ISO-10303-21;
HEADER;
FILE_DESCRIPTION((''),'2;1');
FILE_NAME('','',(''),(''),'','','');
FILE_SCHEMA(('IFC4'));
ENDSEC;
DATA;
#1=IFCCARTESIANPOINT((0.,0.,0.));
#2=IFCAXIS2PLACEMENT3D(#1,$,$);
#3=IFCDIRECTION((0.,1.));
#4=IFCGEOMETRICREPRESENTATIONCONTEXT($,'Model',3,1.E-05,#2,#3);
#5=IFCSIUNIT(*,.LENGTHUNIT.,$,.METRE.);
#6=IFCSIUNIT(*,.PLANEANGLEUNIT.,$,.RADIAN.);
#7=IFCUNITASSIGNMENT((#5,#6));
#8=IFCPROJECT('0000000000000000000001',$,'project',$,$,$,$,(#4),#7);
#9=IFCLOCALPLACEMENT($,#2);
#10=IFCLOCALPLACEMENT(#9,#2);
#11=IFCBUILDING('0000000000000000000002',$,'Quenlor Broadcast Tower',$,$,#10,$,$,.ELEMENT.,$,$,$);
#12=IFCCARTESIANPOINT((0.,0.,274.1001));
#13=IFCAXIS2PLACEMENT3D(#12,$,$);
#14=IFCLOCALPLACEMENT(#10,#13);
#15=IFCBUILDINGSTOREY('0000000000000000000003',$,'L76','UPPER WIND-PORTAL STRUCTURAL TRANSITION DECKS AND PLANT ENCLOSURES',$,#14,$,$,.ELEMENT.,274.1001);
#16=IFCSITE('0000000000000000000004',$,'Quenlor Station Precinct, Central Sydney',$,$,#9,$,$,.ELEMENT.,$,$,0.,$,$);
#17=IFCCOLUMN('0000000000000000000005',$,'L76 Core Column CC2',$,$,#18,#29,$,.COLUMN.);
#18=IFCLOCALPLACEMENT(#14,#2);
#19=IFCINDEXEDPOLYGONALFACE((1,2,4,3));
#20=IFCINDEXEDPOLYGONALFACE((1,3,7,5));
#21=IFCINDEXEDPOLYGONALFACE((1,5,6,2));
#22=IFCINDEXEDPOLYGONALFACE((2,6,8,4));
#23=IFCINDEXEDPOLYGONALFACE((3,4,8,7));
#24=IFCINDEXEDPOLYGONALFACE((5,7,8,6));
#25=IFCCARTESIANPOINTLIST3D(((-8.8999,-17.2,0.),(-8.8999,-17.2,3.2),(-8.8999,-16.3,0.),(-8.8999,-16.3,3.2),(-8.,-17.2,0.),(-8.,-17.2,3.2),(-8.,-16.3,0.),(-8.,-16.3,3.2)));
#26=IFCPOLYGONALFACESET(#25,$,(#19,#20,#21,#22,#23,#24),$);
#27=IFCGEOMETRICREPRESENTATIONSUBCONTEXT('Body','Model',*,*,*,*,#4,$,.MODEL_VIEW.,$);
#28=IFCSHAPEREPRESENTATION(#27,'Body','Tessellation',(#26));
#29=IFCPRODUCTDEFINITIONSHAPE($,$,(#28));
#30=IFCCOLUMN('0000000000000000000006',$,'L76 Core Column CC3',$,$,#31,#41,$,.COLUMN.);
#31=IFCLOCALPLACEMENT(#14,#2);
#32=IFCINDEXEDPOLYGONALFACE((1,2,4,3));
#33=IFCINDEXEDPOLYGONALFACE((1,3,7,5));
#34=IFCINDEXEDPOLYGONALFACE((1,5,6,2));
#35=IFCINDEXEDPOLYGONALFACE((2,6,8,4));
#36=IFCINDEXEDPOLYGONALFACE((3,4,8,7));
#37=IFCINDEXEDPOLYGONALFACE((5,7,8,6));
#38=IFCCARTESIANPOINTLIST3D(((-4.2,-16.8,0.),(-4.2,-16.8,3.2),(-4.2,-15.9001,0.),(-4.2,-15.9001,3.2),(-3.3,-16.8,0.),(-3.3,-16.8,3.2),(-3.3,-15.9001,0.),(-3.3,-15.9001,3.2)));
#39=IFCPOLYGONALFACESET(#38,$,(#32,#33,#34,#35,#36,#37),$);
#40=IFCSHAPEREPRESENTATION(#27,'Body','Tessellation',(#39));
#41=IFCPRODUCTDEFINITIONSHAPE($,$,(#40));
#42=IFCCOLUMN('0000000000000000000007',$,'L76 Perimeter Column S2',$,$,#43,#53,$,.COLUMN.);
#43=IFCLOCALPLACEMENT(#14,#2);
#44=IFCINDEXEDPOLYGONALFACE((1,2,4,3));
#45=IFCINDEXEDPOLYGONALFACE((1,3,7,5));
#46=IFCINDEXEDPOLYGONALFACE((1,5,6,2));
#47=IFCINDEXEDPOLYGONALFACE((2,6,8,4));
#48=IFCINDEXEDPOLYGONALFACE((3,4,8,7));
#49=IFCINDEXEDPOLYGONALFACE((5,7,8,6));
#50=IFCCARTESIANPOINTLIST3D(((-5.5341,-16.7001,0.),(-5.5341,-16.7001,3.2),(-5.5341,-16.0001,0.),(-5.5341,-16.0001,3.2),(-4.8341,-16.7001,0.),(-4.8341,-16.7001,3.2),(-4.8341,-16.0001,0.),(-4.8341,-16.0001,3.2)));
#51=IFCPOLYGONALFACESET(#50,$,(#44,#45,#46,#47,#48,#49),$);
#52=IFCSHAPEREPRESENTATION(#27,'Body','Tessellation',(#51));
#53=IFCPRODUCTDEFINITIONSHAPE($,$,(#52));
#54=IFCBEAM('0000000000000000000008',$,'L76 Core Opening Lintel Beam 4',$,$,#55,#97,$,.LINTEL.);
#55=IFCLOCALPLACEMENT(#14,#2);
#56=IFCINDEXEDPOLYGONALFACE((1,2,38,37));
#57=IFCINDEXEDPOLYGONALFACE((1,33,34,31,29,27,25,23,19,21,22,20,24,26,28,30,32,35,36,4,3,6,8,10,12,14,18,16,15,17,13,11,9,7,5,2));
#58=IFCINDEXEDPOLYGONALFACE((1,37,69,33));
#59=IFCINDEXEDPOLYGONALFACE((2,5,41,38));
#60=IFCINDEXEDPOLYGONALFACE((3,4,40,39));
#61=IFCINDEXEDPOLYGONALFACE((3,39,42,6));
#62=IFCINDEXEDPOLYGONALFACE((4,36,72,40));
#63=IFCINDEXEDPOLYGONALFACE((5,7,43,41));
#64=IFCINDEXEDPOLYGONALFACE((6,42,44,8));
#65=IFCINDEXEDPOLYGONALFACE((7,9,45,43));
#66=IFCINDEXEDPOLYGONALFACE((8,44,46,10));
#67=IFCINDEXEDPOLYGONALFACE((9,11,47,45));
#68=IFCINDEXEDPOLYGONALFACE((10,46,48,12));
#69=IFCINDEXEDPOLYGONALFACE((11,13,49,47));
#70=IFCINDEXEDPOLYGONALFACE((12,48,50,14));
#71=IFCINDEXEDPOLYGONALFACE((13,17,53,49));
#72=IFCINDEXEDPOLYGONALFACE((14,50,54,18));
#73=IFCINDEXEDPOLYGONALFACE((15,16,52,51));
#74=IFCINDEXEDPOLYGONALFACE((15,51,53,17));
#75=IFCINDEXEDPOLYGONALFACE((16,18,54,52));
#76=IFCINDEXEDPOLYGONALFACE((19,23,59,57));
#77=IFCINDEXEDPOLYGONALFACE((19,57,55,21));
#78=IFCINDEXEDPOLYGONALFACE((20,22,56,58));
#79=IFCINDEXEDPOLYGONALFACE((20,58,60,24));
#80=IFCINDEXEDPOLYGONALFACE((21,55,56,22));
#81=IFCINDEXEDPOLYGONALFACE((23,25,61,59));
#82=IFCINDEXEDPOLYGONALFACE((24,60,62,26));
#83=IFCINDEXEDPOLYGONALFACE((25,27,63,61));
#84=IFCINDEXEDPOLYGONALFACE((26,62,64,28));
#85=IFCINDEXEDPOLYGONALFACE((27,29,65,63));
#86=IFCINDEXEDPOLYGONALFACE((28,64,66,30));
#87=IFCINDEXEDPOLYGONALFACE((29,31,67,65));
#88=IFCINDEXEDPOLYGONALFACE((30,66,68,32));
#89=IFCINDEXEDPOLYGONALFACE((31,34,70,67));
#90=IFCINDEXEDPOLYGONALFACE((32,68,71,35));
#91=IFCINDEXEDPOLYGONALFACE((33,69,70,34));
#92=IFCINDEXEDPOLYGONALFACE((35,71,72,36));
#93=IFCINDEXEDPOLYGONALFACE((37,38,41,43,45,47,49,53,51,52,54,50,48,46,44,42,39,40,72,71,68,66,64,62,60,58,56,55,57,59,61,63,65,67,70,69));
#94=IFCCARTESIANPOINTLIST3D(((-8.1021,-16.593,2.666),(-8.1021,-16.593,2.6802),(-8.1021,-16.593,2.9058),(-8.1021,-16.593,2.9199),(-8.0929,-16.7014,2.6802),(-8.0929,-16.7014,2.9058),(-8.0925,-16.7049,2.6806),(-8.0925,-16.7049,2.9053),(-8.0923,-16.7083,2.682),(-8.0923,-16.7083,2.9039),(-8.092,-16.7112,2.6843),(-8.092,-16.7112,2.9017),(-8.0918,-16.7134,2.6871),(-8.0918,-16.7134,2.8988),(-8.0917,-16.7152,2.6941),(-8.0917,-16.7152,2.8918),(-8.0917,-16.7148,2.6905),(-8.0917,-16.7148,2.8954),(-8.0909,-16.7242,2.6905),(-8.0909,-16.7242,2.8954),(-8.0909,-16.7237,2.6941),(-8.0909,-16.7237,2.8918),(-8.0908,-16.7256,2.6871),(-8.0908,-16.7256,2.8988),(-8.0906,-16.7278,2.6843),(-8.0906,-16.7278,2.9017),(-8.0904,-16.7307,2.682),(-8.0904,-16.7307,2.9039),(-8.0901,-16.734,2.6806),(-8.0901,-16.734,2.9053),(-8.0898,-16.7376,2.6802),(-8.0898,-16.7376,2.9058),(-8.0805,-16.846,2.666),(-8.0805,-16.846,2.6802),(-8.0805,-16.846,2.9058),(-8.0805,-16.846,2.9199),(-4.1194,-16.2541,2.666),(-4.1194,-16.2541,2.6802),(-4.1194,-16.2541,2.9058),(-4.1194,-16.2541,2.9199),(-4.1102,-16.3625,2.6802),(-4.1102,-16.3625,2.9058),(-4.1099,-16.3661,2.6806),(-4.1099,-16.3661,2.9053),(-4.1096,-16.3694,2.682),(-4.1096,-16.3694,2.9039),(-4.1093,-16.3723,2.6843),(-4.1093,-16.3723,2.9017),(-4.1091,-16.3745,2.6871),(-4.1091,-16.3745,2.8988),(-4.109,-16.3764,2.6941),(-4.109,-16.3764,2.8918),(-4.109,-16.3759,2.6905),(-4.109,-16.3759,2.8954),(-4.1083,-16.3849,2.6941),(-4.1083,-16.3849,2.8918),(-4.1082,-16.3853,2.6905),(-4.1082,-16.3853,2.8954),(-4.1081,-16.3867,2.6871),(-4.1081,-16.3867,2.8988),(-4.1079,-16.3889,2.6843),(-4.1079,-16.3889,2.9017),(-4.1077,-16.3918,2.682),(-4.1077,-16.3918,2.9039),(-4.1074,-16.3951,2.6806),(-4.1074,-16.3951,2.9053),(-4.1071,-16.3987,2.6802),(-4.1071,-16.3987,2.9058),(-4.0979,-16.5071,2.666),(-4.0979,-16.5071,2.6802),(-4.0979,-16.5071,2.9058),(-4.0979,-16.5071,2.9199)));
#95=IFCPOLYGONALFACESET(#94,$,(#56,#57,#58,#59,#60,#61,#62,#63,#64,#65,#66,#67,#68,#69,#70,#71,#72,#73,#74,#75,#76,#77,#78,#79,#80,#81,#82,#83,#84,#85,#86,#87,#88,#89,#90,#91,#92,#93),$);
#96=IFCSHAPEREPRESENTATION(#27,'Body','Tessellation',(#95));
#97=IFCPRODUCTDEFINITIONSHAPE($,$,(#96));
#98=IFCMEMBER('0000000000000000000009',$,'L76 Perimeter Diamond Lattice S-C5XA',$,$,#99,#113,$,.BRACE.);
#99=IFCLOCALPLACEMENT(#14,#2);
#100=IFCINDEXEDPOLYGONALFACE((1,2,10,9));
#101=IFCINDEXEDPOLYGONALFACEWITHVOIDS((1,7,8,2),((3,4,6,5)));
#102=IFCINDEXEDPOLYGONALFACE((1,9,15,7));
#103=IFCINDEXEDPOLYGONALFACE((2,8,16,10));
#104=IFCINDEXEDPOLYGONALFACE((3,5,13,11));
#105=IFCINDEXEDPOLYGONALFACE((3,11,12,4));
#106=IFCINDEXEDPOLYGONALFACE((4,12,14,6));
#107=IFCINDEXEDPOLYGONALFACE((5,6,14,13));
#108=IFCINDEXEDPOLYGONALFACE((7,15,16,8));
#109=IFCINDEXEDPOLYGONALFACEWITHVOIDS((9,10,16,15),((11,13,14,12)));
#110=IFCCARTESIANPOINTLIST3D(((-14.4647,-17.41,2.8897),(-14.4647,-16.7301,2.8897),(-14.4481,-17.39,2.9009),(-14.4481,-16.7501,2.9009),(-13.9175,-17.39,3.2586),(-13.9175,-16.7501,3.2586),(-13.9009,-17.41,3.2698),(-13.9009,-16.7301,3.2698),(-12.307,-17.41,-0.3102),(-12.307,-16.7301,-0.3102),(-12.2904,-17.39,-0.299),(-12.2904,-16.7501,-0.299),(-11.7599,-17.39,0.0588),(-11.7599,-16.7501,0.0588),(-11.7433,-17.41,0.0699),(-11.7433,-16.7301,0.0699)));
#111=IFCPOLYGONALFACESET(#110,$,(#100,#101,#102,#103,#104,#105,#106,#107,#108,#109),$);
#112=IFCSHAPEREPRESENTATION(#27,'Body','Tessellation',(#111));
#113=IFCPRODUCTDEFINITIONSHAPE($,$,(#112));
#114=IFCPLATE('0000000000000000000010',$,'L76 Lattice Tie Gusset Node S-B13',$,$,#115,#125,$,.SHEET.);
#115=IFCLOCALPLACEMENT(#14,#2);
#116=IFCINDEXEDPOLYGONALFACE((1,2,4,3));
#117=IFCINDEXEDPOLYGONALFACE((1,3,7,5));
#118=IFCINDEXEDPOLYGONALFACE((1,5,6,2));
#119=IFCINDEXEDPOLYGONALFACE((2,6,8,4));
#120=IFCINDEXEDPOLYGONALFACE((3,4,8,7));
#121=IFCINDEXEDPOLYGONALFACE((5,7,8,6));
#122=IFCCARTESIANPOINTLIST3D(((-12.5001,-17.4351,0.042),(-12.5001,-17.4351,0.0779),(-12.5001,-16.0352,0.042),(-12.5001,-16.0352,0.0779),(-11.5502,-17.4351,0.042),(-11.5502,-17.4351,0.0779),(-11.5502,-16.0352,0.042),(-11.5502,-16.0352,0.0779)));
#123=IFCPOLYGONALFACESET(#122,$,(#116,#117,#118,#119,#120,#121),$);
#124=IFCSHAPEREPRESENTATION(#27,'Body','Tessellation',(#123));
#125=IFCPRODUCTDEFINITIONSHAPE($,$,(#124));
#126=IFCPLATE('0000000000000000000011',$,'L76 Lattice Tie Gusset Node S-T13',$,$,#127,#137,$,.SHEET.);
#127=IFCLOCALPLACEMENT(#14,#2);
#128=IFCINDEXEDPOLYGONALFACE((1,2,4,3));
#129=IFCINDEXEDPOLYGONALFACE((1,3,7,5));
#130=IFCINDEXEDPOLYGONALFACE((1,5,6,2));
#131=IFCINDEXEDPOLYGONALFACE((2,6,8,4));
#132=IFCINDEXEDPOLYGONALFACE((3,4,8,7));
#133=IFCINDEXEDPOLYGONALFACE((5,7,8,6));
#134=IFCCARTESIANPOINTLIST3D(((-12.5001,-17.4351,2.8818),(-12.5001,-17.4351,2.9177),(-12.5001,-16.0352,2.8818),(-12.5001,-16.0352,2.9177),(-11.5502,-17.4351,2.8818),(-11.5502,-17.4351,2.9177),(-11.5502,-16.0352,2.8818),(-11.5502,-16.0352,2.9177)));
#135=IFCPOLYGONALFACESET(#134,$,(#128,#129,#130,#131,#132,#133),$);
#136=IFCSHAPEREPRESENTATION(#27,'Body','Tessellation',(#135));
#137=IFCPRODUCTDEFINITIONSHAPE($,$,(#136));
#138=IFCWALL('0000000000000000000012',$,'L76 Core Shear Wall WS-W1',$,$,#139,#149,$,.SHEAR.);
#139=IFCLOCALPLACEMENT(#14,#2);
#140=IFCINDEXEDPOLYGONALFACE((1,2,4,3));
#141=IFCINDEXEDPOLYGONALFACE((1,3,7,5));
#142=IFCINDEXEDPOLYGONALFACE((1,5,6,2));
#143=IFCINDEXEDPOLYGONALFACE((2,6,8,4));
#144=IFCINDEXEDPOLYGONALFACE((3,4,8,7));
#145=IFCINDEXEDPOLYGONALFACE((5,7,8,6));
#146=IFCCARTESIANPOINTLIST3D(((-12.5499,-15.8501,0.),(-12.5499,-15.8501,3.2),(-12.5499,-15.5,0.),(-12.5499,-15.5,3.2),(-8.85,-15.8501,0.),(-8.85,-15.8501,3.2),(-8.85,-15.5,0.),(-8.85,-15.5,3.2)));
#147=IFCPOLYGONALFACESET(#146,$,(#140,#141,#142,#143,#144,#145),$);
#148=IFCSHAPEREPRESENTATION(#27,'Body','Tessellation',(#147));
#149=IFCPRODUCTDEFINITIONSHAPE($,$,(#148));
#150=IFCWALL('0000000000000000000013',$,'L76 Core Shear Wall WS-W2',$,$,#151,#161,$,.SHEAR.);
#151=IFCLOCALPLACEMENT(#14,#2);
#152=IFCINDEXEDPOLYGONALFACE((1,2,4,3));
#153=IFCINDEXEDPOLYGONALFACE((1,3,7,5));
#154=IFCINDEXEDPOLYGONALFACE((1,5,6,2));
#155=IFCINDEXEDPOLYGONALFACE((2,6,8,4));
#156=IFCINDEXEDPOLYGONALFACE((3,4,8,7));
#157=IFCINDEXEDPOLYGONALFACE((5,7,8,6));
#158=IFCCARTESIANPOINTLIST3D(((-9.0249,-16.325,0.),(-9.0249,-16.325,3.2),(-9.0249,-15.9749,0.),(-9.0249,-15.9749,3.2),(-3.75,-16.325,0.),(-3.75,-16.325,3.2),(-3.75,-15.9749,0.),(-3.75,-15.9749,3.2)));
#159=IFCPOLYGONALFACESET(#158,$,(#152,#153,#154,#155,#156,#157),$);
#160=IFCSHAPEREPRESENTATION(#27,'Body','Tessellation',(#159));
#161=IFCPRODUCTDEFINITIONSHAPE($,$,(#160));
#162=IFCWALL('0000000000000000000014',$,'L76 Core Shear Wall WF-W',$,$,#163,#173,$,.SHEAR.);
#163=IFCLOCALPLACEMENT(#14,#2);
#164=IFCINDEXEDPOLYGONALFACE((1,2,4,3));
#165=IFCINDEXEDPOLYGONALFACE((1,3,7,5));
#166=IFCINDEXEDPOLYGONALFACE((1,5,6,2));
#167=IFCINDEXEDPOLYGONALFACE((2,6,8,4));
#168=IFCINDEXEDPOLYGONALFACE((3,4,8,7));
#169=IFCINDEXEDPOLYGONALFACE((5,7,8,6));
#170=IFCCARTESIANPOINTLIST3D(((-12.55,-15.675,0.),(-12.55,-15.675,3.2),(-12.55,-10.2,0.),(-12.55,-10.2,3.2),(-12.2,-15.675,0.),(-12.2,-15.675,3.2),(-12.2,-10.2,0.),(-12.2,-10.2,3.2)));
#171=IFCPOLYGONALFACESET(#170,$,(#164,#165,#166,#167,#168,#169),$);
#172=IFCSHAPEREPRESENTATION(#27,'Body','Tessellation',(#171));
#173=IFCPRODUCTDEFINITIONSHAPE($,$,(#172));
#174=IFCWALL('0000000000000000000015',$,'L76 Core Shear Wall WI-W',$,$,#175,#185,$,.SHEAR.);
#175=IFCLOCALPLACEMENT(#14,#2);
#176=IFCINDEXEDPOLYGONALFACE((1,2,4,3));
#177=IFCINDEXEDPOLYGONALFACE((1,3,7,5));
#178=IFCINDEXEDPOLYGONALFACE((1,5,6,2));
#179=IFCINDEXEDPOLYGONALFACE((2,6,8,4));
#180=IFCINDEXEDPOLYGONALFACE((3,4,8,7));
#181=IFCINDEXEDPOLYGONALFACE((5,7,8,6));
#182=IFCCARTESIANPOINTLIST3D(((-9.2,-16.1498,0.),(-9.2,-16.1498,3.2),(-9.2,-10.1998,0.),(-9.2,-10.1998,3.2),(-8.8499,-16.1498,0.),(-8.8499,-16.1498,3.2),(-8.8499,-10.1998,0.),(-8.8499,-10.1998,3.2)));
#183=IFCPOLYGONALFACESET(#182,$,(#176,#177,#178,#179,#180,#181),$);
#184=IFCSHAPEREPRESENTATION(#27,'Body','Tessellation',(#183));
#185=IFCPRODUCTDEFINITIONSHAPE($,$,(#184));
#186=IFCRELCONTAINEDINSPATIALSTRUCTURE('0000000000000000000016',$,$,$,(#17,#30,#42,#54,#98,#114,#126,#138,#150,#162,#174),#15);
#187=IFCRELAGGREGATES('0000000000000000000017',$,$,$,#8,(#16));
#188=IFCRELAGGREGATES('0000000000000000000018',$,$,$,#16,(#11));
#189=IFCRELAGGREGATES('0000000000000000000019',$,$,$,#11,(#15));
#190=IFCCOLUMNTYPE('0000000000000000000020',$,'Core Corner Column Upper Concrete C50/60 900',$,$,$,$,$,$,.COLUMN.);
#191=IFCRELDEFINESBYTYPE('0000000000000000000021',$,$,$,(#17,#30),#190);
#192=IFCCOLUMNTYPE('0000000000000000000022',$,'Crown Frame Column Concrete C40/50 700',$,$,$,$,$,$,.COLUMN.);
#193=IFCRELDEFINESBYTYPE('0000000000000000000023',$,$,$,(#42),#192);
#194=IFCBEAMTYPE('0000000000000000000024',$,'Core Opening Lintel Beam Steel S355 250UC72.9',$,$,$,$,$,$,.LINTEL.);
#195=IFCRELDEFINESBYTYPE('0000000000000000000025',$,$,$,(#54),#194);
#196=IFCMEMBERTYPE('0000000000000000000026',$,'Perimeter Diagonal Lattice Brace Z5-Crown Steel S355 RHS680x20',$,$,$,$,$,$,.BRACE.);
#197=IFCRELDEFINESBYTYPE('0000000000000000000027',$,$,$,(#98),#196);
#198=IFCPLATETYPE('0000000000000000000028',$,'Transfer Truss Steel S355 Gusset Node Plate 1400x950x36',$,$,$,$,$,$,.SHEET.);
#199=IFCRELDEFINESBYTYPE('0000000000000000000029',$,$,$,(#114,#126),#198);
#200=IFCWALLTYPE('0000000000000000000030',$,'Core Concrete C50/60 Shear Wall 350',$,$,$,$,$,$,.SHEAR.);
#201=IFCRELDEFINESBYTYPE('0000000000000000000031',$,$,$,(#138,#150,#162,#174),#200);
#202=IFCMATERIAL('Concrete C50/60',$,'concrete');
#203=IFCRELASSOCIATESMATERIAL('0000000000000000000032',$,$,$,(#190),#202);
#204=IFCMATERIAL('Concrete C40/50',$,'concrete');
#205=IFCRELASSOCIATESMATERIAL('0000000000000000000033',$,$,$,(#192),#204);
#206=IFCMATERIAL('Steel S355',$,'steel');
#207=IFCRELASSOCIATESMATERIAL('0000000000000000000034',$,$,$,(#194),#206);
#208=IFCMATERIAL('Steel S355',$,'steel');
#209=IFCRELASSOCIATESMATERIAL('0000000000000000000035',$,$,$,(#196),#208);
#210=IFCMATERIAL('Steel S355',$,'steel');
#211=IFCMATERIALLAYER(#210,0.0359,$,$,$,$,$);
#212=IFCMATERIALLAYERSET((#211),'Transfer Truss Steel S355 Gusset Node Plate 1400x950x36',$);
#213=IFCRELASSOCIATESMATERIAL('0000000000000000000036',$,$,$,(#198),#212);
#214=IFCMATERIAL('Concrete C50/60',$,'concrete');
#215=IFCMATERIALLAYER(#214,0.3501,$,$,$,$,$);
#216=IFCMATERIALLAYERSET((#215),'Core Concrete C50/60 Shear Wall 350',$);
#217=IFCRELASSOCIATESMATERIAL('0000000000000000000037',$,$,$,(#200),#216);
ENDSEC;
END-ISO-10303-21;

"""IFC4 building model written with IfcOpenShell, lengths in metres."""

from ifc_helpers import new_model, si_unit, direction, frame, frame_2d, origin, origin_2d, place, context, subcontext, project, spatial, rectangle, hollow_rectangle, i_section, extrude, material, layer, layer_set, material_profile, profile_set, type_object, element, save


model = new_model("IFC4")

# Units and contexts
model_context = context("Model", 3, precision=1e-05, world=origin(), true_north=direction((0.0, 1.0)))
body_context = subcontext(model_context, "Body", "Model", "MODEL_VIEW")
ifc_project = project(units=[si_unit("LENGTHUNIT", "METRE"), si_unit("PLANEANGLEUNIT", "RADIAN")], contexts=[model_context])

# Site, building, storey
site_placement = place(None, origin())
site = spatial("IfcSite", under=ifc_project, at=site_placement, Name="Quenlor Station Precinct, Central Sydney", CompositionType="ELEMENT", RefElevation=0.0)
building_placement = place(site_placement, origin())
building = spatial("IfcBuilding", under=site, at=building_placement, Name="Quenlor Broadcast Tower", CompositionType="ELEMENT")
storey_placement = place(building_placement, frame((0.0, 0.0, 274.1001)))
storey = spatial("IfcBuildingStorey", under=building, at=storey_placement, Name="L76", Description="UPPER WIND-PORTAL STRUCTURAL TRANSITION DECKS AND PLANT ENCLOSURES", CompositionType="ELEMENT", Elevation=274.1001)

# Columns
ifc_material_1 = material(Name="Concrete C50/60", Category="concrete")
ifc_material_profile_1 = material_profile(ifc_material_1, rectangle(XDim=0.8999, YDim=0.8999, at=origin_2d()))
ifc_profile_set_1 = profile_set([ifc_material_profile_1], Name="Concrete C50/60 RC900x900")
column_type_1 = type_object("IfcColumnType", Name="Core Corner Column Upper Concrete C50/60 900", PredefinedType="COLUMN", material=ifc_profile_set_1)
for number, where, z_axis, x_axis, name in (
    (1, (-8.45, -16.75, 0.0), (0.0, 0.0, 1.0), (1.0, 0.0, 0.0), "L76 Core Column CC2"),
    (2, (-3.75, -16.3501, 0.0), (0.0, 0.0, 1.0), (1.0, 0.0, 0.0), "L76 Core Column CC3"),
):
    element("IfcColumn", number, at=place(storey_placement, frame(where, z_axis=z_axis, x_axis=x_axis)), inside=storey, type_object=column_type_1, Name=name, PredefinedType="COLUMN", context=body_context, shape_type="SweptSolid", body=[
        extrude(rectangle(XDim=0.8999, YDim=0.8999, at=origin_2d()), origin(), (0.0, 0.0, 1.0), 3.2),
    ])
ifc_material_2 = material(Name="Concrete C40/50", Category="concrete")
ifc_material_profile_2 = material_profile(ifc_material_2, rectangle(XDim=0.7, YDim=0.7, at=origin_2d()))
ifc_profile_set_2 = profile_set([ifc_material_profile_2], Name="Concrete C40/50 RC700x700")
column_type_2 = type_object("IfcColumnType", Name="Crown Frame Column Concrete C40/50 700", PredefinedType="COLUMN", material=ifc_profile_set_2)
column_placement = place(storey_placement, frame((-5.1841, -16.3501, 0.0), z_axis=(0.0, 0.0, 1.0), x_axis=(0.0, 1.0, 0.0)))
element("IfcColumn", 3, at=column_placement, inside=storey, type_object=column_type_2, Name="L76 Perimeter Column S2", PredefinedType="COLUMN", context=body_context, shape_type="SweptSolid", body=[
    extrude(rectangle(XDim=0.7, YDim=0.7, at=origin_2d()), origin(), (0.0, 0.0, 1.0), 3.2),
])

# Beam
ifc_material_3 = material(Name="Steel S355", Category="steel")
ifc_material_profile_3 = material_profile(ifc_material_3, i_section(OverallWidth=0.2539, OverallDepth=0.2539, WebThickness=0.0085, FlangeThickness=0.0142, FilletRadius=0.0139, at=origin_2d()))
ifc_profile_set_3 = profile_set([ifc_material_profile_3], Name="Steel S355 250UC72.9")
beam_type = type_object("IfcBeamType", Name="Core Opening Lintel Beam Steel S355 250UC72.9", PredefinedType="LINTEL", material=ifc_profile_set_3)
beam_placement = place(storey_placement, frame((-8.0913, -16.7195, 2.793), z_axis=(0.9964, 0.084779, 0.0), x_axis=(-0.084779, 0.9964, 0.0)))
element("IfcBeam", 4, at=beam_placement, inside=storey, type_object=beam_type, Name="L76 Core Opening Lintel Beam 4", PredefinedType="LINTEL", context=body_context, shape_type="SweptSolid", body=[
    extrude(i_section(OverallWidth=0.2539, OverallDepth=0.2539, WebThickness=0.0085, FlangeThickness=0.0142, FilletRadius=0.0139, at=origin_2d()), origin(), (0.0, 0.0, 1.0), 3.9971),
])

# Member
ifc_material_4 = material(Name="Steel S355", Category="steel")
ifc_material_profile_4 = material_profile(ifc_material_4, hollow_rectangle(XDim=0.6799, YDim=0.6799, WallThickness=0.02, at=origin_2d()))
ifc_profile_set_4 = profile_set([ifc_material_profile_4], Name="Steel S355 RHS680x680x20")
member_type = type_object("IfcMemberType", Name="Perimeter Diagonal Lattice Brace Z5-Crown Steel S355 RHS680x20", PredefinedType="BRACE", material=ifc_profile_set_4)
member_placement = place(storey_placement, frame((-12.0251, -17.0701, -0.1201), z_axis=(-0.559072, 0.0, 0.829119), x_axis=(0.0, -1.0, 0.0)))
element("IfcMember", 5, at=member_placement, inside=storey, type_object=member_type, Name="L76 Perimeter Diamond Lattice S-C5XA", PredefinedType="BRACE", context=body_context, shape_type="SweptSolid", body=[
    extrude(hollow_rectangle(XDim=0.6799, YDim=0.6799, WallThickness=0.02, at=origin_2d()), origin(), (0.0, 0.0, 1.0), 3.8594),
])

# Plates
ifc_material_5 = material(Name="Steel S355", Category="steel")
ifc_layer_1 = layer(ifc_material_5, 0.0359)
ifc_layer_set_1 = layer_set([ifc_layer_1], Name="Transfer Truss Steel S355 Gusset Node Plate 1400x950x36")
plate_type = type_object("IfcPlateType", Name="Transfer Truss Steel S355 Gusset Node Plate 1400x950x36", PredefinedType="SHEET", material=ifc_layer_set_1)
for number, where, z_axis, x_axis, name in (
    (6, (-12.0251, -16.7351, 0.042), (0.0, 0.0, 1.0), (0.0, -1.0, 0.0), "L76 Lattice Tie Gusset Node S-B13"),
    (7, (-12.0251, -16.7351, 2.8818), (0.0, 0.0, 1.0), (0.0, -1.0, 0.0), "L76 Lattice Tie Gusset Node S-T13"),
):
    element("IfcPlate", number, at=place(storey_placement, frame(where, z_axis=z_axis, x_axis=x_axis)), inside=storey, type_object=plate_type, Name=name, PredefinedType="SHEET", context=body_context, shape_type="SweptSolid", body=[
        extrude(rectangle(XDim=1.3999, YDim=0.95, at=origin_2d()), origin(), (0.0, 0.0, 1.0), 0.0359),
    ])

# Walls
ifc_material_6 = material(Name="Concrete C50/60", Category="concrete")
ifc_layer_2 = layer(ifc_material_6, 0.3501)
ifc_layer_set_2 = layer_set([ifc_layer_2], Name="Core Concrete C50/60 Shear Wall 350")
wall_type_1 = type_object("IfcWallType", Name="Core Concrete C50/60 Shear Wall 350", PredefinedType="SHEAR", material=ifc_layer_set_2)
wall_1_placement = place(storey_placement, frame((-12.55, -15.675, 0.0), z_axis=(0.0, 0.0, 1.0), x_axis=(1.0, 0.0, 0.0)))
element("IfcWall", 8, at=wall_1_placement, inside=storey, type_object=wall_type_1, Name="L76 Core Shear Wall WS-W1", PredefinedType="SHEAR", context=body_context, shape_type="SweptSolid", body=[
    extrude(rectangle(XDim=3.7, YDim=0.3501, at=frame_2d((1.8501, 0.0))), origin(), (0.0, 0.0, 1.0), 3.2),
])
wall_2_placement = place(storey_placement, frame((-9.0249, -16.1499, 0.0), z_axis=(0.0, 0.0, 1.0), x_axis=(1.0, 0.0, 0.0)))
element("IfcWall", 9, at=wall_2_placement, inside=storey, type_object=wall_type_1, Name="L76 Core Shear Wall WS-W2", PredefinedType="SHEAR", context=body_context, shape_type="SweptSolid", body=[
    extrude(rectangle(XDim=5.2749, YDim=0.3501, at=frame_2d((2.6375, 0.0))), origin(), (0.0, 0.0, 1.0), 3.2),
])
wall_3_placement = place(storey_placement, frame((-12.375, -15.675, 0.0), z_axis=(0.0, 0.0, 1.0), x_axis=(0.0, 1.0, 0.0)))
element("IfcWall", 10, at=wall_3_placement, inside=storey, type_object=wall_type_1, Name="L76 Core Shear Wall WF-W", PredefinedType="SHEAR", context=body_context, shape_type="SweptSolid", body=[
    extrude(rectangle(XDim=5.4751, YDim=0.3501, at=frame_2d((2.7375, 0.0))), origin(), (0.0, 0.0, 1.0), 3.2),
])
wall_4_placement = place(storey_placement, frame((-9.0249, -16.1499, 0.0), z_axis=(0.0, 0.0, 1.0), x_axis=(0.0, 1.0, 0.0)))
element("IfcWall", 11, at=wall_4_placement, inside=storey, type_object=wall_type_1, Name="L76 Core Shear Wall WI-W", PredefinedType="SHEAR", context=body_context, shape_type="SweptSolid", body=[
    extrude(rectangle(XDim=5.95, YDim=0.3501, at=frame_2d((2.9751, 0.0))), origin(), (0.0, 0.0, 1.0), 3.2),
])

save(model, "model.ifc")
